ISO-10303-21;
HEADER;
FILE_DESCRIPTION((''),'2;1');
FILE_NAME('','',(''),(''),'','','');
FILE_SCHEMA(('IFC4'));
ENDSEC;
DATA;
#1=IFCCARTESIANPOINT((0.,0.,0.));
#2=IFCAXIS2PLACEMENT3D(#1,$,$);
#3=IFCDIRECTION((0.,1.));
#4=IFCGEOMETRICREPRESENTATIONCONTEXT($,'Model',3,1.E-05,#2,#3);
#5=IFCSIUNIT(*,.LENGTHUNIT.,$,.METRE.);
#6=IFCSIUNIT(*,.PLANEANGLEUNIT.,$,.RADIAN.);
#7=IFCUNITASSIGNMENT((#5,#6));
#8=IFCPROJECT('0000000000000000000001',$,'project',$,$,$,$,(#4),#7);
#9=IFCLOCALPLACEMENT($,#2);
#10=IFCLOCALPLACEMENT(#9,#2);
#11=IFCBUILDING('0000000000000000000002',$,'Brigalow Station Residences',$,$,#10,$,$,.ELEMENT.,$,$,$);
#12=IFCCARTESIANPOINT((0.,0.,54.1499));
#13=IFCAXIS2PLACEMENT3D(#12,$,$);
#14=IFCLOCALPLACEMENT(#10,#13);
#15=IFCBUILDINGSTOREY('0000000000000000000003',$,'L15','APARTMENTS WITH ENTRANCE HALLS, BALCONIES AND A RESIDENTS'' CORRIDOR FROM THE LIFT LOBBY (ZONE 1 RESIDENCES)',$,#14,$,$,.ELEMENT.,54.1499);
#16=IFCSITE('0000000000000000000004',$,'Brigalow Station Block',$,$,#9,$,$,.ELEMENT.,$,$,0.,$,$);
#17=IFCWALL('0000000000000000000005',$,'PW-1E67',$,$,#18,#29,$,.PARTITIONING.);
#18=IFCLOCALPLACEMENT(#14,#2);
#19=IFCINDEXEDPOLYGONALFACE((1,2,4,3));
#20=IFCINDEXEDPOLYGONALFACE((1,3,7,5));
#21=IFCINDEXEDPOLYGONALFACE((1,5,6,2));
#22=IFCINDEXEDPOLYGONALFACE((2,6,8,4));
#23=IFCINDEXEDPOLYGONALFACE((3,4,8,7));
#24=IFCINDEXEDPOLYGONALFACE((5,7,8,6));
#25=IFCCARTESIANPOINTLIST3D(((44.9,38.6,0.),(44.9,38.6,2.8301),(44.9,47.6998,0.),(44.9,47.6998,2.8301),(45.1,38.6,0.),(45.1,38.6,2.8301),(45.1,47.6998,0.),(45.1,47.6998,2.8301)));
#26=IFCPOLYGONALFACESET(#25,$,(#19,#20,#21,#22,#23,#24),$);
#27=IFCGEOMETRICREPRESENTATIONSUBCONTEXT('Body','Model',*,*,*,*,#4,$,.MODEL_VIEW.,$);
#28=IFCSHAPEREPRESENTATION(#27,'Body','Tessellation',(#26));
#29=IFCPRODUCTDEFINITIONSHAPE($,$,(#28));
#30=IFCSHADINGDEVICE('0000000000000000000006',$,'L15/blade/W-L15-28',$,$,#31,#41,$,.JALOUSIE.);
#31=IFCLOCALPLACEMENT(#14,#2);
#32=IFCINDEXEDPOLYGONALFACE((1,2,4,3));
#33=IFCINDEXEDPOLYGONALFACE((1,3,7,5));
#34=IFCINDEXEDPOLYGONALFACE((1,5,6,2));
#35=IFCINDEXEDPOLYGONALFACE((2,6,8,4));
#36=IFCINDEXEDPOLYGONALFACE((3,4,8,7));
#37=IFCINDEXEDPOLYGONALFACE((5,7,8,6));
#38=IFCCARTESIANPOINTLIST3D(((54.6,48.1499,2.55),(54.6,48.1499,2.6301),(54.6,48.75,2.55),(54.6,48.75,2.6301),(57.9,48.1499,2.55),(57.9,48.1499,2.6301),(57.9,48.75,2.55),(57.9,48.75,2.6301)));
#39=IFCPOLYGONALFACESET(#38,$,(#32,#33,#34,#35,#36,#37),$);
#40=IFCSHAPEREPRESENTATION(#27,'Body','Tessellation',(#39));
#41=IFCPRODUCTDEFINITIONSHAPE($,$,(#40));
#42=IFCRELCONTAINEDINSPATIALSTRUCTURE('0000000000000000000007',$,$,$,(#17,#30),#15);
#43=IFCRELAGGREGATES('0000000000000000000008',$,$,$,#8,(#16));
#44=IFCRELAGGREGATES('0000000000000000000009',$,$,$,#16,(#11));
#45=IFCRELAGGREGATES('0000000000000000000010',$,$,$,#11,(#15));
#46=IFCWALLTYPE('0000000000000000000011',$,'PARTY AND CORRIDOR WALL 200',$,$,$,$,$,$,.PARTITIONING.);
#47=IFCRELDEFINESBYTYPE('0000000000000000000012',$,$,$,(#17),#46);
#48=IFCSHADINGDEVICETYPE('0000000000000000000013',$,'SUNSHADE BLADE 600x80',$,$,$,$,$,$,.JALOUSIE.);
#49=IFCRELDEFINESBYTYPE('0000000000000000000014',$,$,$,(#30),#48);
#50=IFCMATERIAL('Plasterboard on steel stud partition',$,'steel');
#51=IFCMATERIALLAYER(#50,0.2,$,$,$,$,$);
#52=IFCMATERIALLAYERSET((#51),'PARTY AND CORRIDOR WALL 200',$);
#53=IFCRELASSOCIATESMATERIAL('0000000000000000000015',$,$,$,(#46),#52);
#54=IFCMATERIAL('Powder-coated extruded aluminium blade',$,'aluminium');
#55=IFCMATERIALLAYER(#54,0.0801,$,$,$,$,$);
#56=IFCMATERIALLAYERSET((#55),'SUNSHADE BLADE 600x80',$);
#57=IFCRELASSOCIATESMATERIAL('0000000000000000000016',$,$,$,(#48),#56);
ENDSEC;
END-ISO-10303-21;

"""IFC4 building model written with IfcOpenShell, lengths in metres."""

from ifc_helpers import new_model, si_unit, direction, frame, frame_2d, origin, origin_2d, place, context, subcontext, project, spatial, rectangle, extrude, material, layer, layer_set, type_object, element, save


model = new_model("IFC4")

# Units and contexts
model_context = context("Model", 3, precision=1e-05, world=origin(), true_north=direction((0.0, 1.0)))
body_context = subcontext(model_context, "Body", "Model", "MODEL_VIEW")
ifc_project = project(units=[si_unit("LENGTHUNIT", "METRE"), si_unit("PLANEANGLEUNIT", "RADIAN")], contexts=[model_context])

# Site, building, storey
site_placement = place(None, origin())
site = spatial("IfcSite", under=ifc_project, at=site_placement, Name="Brigalow Station Block", CompositionType="ELEMENT", RefElevation=0.0)
building_placement = place(site_placement, origin())
building = spatial("IfcBuilding", under=site, at=building_placement, Name="Brigalow Station Residences", CompositionType="ELEMENT")
storey_placement = place(building_placement, frame((0.0, 0.0, 54.1499)))
storey = spatial("IfcBuildingStorey", under=building, at=storey_placement, Name="L15", Description="APARTMENTS WITH ENTRANCE HALLS, BALCONIES AND A RESIDENTS' CORRIDOR FROM THE LIFT LOBBY (ZONE 1 RESIDENCES)", CompositionType="ELEMENT", Elevation=54.1499)

# Wall
ifc_material_1 = material(Name="Plasterboard on steel stud partition", Category="steel")
ifc_layer_1 = layer(ifc_material_1, 0.2)
ifc_layer_set_1 = layer_set([ifc_layer_1], Name="PARTY AND CORRIDOR WALL 200")
wall_type_1 = type_object("IfcWallType", Name="PARTY AND CORRIDOR WALL 200", PredefinedType="PARTITIONING", material=ifc_layer_set_1)
wall_1_placement = place(storey_placement, frame((45.0, 38.6001, 0.0), z_axis=(0.0, 0.0, 1.0), x_axis=(0.0, 1.0, 0.0)))
element("IfcWall", 1, at=wall_1_placement, inside=storey, type_object=wall_type_1, Name="PW-1E67", PredefinedType="PARTITIONING", context=body_context, shape_type="SweptSolid", body=[
    extrude(rectangle(XDim=9.0999, YDim=0.2, at=frame_2d((4.5498, 0.0))), origin(), (0.0, 0.0, 1.0), 2.8301),
])

# Shading device
ifc_material_2 = material(Name="Powder-coated extruded aluminium blade", Category="aluminium")
ifc_layer_2 = layer(ifc_material_2, 0.0801)
ifc_layer_set_2 = layer_set([ifc_layer_2], Name="SUNSHADE BLADE 600x80")
shading_device_type = type_object("IfcShadingDeviceType", Name="SUNSHADE BLADE 600x80", PredefinedType="JALOUSIE", material=ifc_layer_set_2)
shading_device_placement = place(storey_placement, frame((56.25, 48.45, 2.55), z_axis=(0.0, 0.0, 1.0), x_axis=(-1.0, 0.0, 0.0)))
element("IfcShadingDevice", 2, at=shading_device_placement, inside=storey, type_object=shading_device_type, Name="L15/blade/W-L15-28", PredefinedType="JALOUSIE", context=body_context, shape_type="SweptSolid", body=[
    extrude(rectangle(XDim=3.3, YDim=0.6001, at=origin_2d()), origin(), (0.0, 0.0, 1.0), 0.0801),
])

save(model, "model.ifc")
